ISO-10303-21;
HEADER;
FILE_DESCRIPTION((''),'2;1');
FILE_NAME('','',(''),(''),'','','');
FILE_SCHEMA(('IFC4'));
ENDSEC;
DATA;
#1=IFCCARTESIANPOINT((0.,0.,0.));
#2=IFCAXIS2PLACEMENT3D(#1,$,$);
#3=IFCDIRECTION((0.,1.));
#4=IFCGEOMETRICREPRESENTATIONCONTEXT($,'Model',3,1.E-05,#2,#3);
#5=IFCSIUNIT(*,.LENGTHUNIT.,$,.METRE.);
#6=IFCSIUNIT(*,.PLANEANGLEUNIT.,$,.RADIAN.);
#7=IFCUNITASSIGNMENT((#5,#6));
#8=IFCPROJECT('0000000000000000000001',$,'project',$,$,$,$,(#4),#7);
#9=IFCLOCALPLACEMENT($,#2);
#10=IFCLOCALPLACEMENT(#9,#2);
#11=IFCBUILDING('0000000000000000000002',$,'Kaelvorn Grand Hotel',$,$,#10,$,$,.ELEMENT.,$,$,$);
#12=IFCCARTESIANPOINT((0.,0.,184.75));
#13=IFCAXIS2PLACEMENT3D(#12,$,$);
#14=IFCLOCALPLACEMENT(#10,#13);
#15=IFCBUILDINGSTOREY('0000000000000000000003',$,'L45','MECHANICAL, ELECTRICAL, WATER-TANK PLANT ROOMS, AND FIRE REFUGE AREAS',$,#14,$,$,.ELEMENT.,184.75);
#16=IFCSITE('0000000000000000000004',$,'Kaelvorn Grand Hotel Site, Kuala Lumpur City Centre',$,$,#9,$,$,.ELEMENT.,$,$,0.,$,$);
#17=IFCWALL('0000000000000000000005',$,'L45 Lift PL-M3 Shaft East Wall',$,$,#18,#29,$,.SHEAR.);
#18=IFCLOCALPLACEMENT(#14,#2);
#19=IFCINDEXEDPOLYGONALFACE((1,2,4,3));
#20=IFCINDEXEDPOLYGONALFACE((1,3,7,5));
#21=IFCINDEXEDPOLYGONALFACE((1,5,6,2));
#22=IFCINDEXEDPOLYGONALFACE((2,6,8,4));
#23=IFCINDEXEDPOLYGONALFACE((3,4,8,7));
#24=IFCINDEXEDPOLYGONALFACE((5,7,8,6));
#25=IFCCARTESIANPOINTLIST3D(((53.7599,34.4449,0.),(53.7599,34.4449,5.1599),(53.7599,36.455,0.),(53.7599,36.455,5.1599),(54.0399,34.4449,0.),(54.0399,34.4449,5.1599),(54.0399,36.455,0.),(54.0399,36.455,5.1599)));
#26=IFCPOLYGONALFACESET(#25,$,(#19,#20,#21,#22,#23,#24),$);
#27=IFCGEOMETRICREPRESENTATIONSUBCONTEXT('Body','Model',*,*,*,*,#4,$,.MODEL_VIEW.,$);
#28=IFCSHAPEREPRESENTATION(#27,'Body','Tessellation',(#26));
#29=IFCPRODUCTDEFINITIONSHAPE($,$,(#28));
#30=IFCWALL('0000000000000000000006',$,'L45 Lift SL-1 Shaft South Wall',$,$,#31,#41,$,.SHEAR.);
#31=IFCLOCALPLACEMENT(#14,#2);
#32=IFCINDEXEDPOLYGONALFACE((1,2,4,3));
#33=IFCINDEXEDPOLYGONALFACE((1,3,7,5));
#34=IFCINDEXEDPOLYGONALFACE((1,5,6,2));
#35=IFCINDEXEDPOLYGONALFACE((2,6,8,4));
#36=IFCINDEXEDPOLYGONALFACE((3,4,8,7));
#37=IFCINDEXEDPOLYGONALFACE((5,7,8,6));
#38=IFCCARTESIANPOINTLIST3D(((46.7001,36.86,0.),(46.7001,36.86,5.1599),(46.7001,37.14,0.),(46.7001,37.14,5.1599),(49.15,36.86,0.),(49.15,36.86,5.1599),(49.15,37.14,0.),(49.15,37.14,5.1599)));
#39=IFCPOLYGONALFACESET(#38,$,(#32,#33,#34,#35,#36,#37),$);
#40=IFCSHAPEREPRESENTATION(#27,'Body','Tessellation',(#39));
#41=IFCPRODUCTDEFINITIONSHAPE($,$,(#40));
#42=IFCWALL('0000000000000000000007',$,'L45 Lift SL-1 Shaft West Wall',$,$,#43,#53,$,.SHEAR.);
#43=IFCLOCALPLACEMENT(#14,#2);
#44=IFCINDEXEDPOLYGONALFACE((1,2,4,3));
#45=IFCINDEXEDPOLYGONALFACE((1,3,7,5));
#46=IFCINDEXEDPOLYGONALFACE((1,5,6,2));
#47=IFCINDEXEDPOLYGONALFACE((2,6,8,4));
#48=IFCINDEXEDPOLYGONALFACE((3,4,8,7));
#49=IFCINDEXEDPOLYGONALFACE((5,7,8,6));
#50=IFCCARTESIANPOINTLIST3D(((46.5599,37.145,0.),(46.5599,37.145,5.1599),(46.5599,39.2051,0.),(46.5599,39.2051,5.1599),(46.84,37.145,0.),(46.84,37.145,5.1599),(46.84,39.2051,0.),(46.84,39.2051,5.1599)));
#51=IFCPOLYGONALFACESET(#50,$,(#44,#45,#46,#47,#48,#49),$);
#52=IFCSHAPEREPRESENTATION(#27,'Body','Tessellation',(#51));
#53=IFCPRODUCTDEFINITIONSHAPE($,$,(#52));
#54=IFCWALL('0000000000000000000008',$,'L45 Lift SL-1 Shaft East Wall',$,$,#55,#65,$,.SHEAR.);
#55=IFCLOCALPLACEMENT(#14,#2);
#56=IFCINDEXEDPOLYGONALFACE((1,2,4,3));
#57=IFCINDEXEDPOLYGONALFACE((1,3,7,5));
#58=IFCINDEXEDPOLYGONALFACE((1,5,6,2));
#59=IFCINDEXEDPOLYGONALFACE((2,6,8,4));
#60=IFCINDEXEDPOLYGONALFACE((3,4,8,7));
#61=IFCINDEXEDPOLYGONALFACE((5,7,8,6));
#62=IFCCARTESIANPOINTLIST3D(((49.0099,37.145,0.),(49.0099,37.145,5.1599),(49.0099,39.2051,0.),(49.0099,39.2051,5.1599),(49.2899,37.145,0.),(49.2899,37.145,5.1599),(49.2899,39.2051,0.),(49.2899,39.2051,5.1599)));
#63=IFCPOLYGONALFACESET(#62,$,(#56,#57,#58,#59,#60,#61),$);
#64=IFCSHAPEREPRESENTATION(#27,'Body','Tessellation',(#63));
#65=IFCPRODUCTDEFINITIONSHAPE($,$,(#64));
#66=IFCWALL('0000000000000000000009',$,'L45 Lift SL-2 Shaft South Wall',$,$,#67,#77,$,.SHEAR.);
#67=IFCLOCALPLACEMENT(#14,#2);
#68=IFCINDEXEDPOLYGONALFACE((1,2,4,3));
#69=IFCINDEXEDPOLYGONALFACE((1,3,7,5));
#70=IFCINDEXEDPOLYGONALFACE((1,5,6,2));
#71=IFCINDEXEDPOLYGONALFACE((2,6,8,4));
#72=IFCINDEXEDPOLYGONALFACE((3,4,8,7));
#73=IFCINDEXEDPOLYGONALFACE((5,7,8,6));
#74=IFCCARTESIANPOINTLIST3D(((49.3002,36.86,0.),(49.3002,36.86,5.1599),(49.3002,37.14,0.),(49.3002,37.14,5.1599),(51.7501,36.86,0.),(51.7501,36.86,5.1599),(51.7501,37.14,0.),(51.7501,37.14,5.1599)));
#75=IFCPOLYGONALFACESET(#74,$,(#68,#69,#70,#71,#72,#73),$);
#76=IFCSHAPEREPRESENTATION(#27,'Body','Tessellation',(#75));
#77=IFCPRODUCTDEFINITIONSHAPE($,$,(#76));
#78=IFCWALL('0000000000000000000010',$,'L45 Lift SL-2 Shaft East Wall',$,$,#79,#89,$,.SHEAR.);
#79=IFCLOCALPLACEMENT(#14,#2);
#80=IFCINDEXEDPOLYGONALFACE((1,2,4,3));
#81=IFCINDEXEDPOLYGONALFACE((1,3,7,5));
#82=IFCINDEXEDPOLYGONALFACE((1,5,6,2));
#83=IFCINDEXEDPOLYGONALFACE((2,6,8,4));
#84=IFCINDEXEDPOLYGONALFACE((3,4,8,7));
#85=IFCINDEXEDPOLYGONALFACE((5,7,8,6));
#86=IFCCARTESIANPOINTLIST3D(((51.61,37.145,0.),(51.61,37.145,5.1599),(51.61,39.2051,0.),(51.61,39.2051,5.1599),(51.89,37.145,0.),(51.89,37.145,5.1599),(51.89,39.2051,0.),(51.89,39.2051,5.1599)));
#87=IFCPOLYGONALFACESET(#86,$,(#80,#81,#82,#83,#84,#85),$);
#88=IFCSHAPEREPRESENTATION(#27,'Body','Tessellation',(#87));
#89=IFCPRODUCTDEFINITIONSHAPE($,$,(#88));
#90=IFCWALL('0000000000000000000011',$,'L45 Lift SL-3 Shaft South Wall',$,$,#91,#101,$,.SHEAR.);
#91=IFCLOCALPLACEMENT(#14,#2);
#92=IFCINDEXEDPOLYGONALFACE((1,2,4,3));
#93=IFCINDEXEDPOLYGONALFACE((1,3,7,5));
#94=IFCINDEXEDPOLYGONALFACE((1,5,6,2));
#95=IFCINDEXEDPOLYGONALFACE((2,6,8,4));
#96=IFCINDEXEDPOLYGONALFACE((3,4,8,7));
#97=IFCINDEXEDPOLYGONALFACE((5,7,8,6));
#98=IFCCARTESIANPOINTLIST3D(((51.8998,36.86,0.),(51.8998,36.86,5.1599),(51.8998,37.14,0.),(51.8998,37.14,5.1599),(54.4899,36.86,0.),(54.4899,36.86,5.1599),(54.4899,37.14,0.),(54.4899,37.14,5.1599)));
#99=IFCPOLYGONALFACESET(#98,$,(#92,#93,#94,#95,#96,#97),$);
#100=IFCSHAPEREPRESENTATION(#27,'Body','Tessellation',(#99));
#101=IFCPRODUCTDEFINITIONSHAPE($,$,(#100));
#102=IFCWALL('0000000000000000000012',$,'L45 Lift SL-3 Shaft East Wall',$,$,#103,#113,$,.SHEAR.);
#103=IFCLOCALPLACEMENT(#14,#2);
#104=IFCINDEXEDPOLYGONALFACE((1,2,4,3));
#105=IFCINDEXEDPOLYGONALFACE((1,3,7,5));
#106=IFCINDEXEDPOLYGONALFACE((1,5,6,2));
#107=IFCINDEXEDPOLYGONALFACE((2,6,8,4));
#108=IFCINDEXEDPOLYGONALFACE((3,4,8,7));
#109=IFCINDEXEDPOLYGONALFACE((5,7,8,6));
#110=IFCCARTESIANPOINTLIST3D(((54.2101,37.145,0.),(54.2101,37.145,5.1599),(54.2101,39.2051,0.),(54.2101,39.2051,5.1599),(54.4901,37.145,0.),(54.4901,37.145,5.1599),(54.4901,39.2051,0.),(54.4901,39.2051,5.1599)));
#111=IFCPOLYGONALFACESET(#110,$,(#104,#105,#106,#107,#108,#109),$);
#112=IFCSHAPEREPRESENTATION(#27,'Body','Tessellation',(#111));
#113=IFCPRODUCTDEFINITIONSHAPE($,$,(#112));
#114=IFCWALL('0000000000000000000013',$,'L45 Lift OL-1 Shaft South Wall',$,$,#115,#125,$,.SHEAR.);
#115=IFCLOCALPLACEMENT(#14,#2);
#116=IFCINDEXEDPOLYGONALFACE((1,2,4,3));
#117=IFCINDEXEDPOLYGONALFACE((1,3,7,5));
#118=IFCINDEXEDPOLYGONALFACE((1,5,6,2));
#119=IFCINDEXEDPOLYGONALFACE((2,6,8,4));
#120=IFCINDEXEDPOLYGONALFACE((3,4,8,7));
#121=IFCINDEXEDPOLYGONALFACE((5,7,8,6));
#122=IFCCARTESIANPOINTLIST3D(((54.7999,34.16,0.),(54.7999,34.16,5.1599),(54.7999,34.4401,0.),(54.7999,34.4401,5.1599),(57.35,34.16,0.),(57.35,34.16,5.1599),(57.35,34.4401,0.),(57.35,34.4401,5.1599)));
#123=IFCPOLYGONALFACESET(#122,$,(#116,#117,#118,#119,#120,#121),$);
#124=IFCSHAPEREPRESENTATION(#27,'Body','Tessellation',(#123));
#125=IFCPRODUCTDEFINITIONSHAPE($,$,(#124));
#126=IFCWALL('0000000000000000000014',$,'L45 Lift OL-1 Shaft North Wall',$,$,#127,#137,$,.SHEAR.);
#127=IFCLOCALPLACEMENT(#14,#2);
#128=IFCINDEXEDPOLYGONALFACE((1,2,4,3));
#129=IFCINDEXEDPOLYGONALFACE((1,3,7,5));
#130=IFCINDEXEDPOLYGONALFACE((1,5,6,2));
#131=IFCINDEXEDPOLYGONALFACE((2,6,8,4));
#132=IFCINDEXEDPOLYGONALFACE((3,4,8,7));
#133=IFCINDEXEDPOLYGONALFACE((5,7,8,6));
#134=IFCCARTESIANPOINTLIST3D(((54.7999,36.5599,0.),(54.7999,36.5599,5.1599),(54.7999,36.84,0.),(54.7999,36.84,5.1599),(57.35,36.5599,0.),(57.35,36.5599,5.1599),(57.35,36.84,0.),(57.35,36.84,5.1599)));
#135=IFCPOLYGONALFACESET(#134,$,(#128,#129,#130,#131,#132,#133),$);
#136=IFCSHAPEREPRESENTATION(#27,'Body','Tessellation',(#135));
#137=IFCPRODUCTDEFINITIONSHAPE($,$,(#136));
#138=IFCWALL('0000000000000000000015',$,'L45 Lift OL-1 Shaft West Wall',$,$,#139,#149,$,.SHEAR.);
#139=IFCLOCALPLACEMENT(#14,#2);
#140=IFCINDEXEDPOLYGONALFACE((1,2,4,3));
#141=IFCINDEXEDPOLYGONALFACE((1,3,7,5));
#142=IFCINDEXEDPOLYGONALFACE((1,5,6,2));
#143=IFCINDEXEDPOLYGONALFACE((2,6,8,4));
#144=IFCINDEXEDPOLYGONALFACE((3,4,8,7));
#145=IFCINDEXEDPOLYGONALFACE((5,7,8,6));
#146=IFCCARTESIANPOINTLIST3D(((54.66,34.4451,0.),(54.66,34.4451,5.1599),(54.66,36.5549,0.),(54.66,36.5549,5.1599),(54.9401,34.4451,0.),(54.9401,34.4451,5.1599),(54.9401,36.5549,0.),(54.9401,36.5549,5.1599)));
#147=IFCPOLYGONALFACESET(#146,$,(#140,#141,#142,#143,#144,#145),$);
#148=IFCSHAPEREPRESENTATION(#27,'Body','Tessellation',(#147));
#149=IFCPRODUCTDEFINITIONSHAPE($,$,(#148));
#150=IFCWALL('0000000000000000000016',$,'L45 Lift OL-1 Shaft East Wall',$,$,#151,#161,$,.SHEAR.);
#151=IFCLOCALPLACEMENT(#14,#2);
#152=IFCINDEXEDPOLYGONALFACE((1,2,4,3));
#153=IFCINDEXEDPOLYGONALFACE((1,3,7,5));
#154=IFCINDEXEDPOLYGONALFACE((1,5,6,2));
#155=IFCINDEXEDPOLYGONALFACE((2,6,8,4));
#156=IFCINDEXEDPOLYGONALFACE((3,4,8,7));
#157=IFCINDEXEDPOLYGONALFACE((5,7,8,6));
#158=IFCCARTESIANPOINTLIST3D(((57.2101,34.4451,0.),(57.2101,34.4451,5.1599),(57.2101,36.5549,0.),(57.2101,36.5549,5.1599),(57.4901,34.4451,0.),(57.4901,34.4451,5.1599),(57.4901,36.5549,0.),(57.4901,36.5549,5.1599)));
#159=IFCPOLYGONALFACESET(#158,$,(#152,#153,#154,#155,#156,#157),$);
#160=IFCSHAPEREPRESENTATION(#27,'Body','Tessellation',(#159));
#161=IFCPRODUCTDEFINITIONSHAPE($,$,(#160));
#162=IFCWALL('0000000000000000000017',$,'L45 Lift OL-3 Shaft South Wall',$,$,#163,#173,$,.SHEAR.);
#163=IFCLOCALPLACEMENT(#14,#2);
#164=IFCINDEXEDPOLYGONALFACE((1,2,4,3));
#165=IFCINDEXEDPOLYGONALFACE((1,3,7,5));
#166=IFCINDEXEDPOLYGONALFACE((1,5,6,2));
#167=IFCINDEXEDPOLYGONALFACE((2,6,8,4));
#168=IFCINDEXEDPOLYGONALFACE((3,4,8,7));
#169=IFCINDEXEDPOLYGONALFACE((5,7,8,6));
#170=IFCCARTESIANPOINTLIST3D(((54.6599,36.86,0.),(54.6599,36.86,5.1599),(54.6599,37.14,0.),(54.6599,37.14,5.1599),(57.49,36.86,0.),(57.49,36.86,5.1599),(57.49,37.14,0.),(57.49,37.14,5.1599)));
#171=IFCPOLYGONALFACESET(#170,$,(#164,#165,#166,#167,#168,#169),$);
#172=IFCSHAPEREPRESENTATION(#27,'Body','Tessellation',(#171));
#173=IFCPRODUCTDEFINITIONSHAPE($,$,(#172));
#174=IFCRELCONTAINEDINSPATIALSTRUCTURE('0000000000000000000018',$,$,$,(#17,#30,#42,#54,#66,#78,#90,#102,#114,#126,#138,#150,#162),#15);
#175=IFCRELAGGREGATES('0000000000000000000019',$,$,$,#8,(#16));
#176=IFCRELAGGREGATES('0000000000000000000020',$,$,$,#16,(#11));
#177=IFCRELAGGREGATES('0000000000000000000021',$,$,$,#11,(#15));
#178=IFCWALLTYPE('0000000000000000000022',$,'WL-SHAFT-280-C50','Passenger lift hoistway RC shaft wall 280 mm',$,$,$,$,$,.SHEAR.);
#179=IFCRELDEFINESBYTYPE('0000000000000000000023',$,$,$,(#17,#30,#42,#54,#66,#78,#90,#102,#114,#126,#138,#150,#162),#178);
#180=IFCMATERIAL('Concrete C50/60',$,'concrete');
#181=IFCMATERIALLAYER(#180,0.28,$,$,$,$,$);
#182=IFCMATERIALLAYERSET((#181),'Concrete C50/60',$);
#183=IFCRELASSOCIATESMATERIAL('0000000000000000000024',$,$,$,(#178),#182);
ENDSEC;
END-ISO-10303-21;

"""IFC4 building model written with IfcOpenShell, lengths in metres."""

from ifc_helpers import new_model, si_unit, direction, frame, frame_2d, origin, place, context, subcontext, project, spatial, rectangle, extrude, material, layer, layer_set, type_object, element, save


model = new_model("IFC4")

# Units and contexts
model_context = context("Model", 3, precision=1e-05, world=origin(), true_north=direction((0.0, 1.0)))
body_context = subcontext(model_context, "Body", "Model", "MODEL_VIEW")
ifc_project = project(units=[si_unit("LENGTHUNIT", "METRE"), si_unit("PLANEANGLEUNIT", "RADIAN")], contexts=[model_context])

# Site, building, storey
site_placement = place(None, origin())
site = spatial("IfcSite", under=ifc_project, at=site_placement, Name="Kaelvorn Grand Hotel Site, Kuala Lumpur City Centre", CompositionType="ELEMENT", RefElevation=0.0)
building_placement = place(site_placement, origin())
building = spatial("IfcBuilding", under=site, at=building_placement, Name="Kaelvorn Grand Hotel", CompositionType="ELEMENT")
storey_placement = place(building_placement, frame((0.0, 0.0, 184.75)))
storey = spatial("IfcBuildingStorey", under=building, at=storey_placement, Name="L45", Description="MECHANICAL, ELECTRICAL, WATER-TANK PLANT ROOMS, AND FIRE REFUGE AREAS", CompositionType="ELEMENT", Elevation=184.75)

# Shared definitions
ifc_material_1 = material(Name="Concrete C50/60", Category="concrete")
ifc_layer_1 = layer(ifc_material_1, 0.28)
ifc_layer_set_1 = layer_set([ifc_layer_1], Name="Concrete C50/60")
wall_type_1 = type_object("IfcWallType", Name="WL-SHAFT-280-C50", Description="Passenger lift hoistway RC shaft wall 280 mm", PredefinedType="SHEAR", material=ifc_layer_set_1)

# Walls
wall_1_placement = place(storey_placement, frame((53.8999, 34.4451, 0.0), z_axis=(0.0, 0.0, 1.0), x_axis=(0.0, 1.0, 0.0)))
element("IfcWall", 1, at=wall_1_placement, inside=storey, type_object=wall_type_1, Name="L45 Lift PL-M3 Shaft East Wall", PredefinedType="SHEAR", context=body_context, shape_type="SweptSolid", body=[
    extrude(rectangle(XDim=2.01, YDim=0.28, at=frame_2d((1.0049, 0.0))), origin(), (0.0, 0.0, 1.0), 5.1599),
])
wall_2_placement = place(storey_placement, frame((46.7, 37.0, 0.0), z_axis=(0.0, 0.0, 1.0), x_axis=(1.0, 0.0, 0.0)))
element("IfcWall", 2, at=wall_2_placement, inside=storey, type_object=wall_type_1, Name="L45 Lift SL-1 Shaft South Wall", PredefinedType="SHEAR", context=body_context, shape_type="SweptSolid", body=[
    extrude(rectangle(XDim=2.45, YDim=0.28, at=frame_2d((1.2251, 0.0))), origin(), (0.0, 0.0, 1.0), 5.1599),
])
for number, where, z_axis, x_axis, name in (
    (3, (46.7, 37.145, 0.0), (0.0, 0.0, 1.0), (0.0, 1.0, 0.0), "L45 Lift SL-1 Shaft West Wall"),
    (4, (49.1499, 37.145, 0.0), (0.0, 0.0, 1.0), (0.0, 1.0, 0.0), "L45 Lift SL-1 Shaft East Wall"),
):
    element("IfcWall", number, at=place(storey_placement, frame(where, z_axis=z_axis, x_axis=x_axis)), inside=storey, type_object=wall_type_1, Name=name, PredefinedType="SHEAR", context=body_context, shape_type="SweptSolid", body=[
        extrude(rectangle(XDim=2.0601, YDim=0.28, at=frame_2d((1.03, 0.0))), origin(), (0.0, 0.0, 1.0), 5.1599),
    ])
wall_3_placement = place(storey_placement, frame((49.3, 37.0, 0.0), z_axis=(0.0, 0.0, 1.0), x_axis=(1.0, 0.0, 0.0)))
element("IfcWall", 5, at=wall_3_placement, inside=storey, type_object=wall_type_1, Name="L45 Lift SL-2 Shaft South Wall", PredefinedType="SHEAR", context=body_context, shape_type="SweptSolid", body=[
    extrude(rectangle(XDim=2.45, YDim=0.28, at=frame_2d((1.2251, 0.0))), origin(), (0.0, 0.0, 1.0), 5.1599),
])
wall_4_placement = place(storey_placement, frame((51.75, 37.145, 0.0), z_axis=(0.0, 0.0, 1.0), x_axis=(0.0, 1.0, 0.0)))
element("IfcWall", 6, at=wall_4_placement, inside=storey, type_object=wall_type_1, Name="L45 Lift SL-2 Shaft East Wall", PredefinedType="SHEAR", context=body_context, shape_type="SweptSolid", body=[
    extrude(rectangle(XDim=2.0601, YDim=0.28, at=frame_2d((1.03, 0.0))), origin(), (0.0, 0.0, 1.0), 5.1599),
])
wall_5_placement = place(storey_placement, frame((51.8999, 37.0, 0.0), z_axis=(0.0, 0.0, 1.0), x_axis=(1.0, 0.0, 0.0)))
element("IfcWall", 7, at=wall_5_placement, inside=storey, type_object=wall_type_1, Name="L45 Lift SL-3 Shaft South Wall", PredefinedType="SHEAR", context=body_context, shape_type="SweptSolid", body=[
    extrude(rectangle(XDim=2.5901, YDim=0.28, at=frame_2d((1.2949, 0.0))), origin(), (0.0, 0.0, 1.0), 5.1599),
])
wall_6_placement = place(storey_placement, frame((54.3501, 37.145, 0.0), z_axis=(0.0, 0.0, 1.0), x_axis=(0.0, 1.0, 0.0)))
element("IfcWall", 8, at=wall_6_placement, inside=storey, type_object=wall_type_1, Name="L45 Lift SL-3 Shaft East Wall", PredefinedType="SHEAR", context=body_context, shape_type="SweptSolid", body=[
    extrude(rectangle(XDim=2.0601, YDim=0.28, at=frame_2d((1.03, 0.0))), origin(), (0.0, 0.0, 1.0), 5.1599),
])
for number, where, z_axis, x_axis, name in (
    (9, (54.8, 34.3, 0.0), (0.0, 0.0, 1.0), (1.0, 0.0, 0.0), "L45 Lift OL-1 Shaft South Wall"),
    (10, (54.8, 36.7, 0.0), (0.0, 0.0, 1.0), (1.0, 0.0, 0.0), "L45 Lift OL-1 Shaft North Wall"),
):
    element("IfcWall", number, at=place(storey_placement, frame(where, z_axis=z_axis, x_axis=x_axis)), inside=storey, type_object=wall_type_1, Name=name, PredefinedType="SHEAR", context=body_context, shape_type="SweptSolid", body=[
        extrude(rectangle(XDim=2.55, YDim=0.28, at=frame_2d((1.2749, 0.0))), origin(), (0.0, 0.0, 1.0), 5.1599),
    ])
for number, where, z_axis, x_axis, name in (
    (11, (54.8, 34.4451, 0.0), (0.0, 0.0, 1.0), (0.0, 1.0, 0.0), "L45 Lift OL-1 Shaft West Wall"),
    (12, (57.3501, 34.4451, 0.0), (0.0, 0.0, 1.0), (0.0, 1.0, 0.0), "L45 Lift OL-1 Shaft East Wall"),
):
    element("IfcWall", number, at=place(storey_placement, frame(where, z_axis=z_axis, x_axis=x_axis)), inside=storey, type_object=wall_type_1, Name=name, PredefinedType="SHEAR", context=body_context, shape_type="SweptSolid", body=[
        extrude(rectangle(XDim=2.1099, YDim=0.28, at=frame_2d((1.0549, 0.0))), origin(), (0.0, 0.0, 1.0), 5.1599),
    ])
wall_7_placement = place(storey_placement, frame((54.6599, 37.0, 0.0), z_axis=(0.0, 0.0, 1.0), x_axis=(1.0, 0.0, 0.0)))
element("IfcWall", 13, at=wall_7_placement, inside=storey, type_object=wall_type_1, Name="L45 Lift OL-3 Shaft South Wall", PredefinedType="SHEAR", context=body_context, shape_type="SweptSolid", body=[
    extrude(rectangle(XDim=2.8301, YDim=0.28, at=frame_2d((1.415, 0.0))), origin(), (0.0, 0.0, 1.0), 5.1599),
])

save(model, "model.ifc")
